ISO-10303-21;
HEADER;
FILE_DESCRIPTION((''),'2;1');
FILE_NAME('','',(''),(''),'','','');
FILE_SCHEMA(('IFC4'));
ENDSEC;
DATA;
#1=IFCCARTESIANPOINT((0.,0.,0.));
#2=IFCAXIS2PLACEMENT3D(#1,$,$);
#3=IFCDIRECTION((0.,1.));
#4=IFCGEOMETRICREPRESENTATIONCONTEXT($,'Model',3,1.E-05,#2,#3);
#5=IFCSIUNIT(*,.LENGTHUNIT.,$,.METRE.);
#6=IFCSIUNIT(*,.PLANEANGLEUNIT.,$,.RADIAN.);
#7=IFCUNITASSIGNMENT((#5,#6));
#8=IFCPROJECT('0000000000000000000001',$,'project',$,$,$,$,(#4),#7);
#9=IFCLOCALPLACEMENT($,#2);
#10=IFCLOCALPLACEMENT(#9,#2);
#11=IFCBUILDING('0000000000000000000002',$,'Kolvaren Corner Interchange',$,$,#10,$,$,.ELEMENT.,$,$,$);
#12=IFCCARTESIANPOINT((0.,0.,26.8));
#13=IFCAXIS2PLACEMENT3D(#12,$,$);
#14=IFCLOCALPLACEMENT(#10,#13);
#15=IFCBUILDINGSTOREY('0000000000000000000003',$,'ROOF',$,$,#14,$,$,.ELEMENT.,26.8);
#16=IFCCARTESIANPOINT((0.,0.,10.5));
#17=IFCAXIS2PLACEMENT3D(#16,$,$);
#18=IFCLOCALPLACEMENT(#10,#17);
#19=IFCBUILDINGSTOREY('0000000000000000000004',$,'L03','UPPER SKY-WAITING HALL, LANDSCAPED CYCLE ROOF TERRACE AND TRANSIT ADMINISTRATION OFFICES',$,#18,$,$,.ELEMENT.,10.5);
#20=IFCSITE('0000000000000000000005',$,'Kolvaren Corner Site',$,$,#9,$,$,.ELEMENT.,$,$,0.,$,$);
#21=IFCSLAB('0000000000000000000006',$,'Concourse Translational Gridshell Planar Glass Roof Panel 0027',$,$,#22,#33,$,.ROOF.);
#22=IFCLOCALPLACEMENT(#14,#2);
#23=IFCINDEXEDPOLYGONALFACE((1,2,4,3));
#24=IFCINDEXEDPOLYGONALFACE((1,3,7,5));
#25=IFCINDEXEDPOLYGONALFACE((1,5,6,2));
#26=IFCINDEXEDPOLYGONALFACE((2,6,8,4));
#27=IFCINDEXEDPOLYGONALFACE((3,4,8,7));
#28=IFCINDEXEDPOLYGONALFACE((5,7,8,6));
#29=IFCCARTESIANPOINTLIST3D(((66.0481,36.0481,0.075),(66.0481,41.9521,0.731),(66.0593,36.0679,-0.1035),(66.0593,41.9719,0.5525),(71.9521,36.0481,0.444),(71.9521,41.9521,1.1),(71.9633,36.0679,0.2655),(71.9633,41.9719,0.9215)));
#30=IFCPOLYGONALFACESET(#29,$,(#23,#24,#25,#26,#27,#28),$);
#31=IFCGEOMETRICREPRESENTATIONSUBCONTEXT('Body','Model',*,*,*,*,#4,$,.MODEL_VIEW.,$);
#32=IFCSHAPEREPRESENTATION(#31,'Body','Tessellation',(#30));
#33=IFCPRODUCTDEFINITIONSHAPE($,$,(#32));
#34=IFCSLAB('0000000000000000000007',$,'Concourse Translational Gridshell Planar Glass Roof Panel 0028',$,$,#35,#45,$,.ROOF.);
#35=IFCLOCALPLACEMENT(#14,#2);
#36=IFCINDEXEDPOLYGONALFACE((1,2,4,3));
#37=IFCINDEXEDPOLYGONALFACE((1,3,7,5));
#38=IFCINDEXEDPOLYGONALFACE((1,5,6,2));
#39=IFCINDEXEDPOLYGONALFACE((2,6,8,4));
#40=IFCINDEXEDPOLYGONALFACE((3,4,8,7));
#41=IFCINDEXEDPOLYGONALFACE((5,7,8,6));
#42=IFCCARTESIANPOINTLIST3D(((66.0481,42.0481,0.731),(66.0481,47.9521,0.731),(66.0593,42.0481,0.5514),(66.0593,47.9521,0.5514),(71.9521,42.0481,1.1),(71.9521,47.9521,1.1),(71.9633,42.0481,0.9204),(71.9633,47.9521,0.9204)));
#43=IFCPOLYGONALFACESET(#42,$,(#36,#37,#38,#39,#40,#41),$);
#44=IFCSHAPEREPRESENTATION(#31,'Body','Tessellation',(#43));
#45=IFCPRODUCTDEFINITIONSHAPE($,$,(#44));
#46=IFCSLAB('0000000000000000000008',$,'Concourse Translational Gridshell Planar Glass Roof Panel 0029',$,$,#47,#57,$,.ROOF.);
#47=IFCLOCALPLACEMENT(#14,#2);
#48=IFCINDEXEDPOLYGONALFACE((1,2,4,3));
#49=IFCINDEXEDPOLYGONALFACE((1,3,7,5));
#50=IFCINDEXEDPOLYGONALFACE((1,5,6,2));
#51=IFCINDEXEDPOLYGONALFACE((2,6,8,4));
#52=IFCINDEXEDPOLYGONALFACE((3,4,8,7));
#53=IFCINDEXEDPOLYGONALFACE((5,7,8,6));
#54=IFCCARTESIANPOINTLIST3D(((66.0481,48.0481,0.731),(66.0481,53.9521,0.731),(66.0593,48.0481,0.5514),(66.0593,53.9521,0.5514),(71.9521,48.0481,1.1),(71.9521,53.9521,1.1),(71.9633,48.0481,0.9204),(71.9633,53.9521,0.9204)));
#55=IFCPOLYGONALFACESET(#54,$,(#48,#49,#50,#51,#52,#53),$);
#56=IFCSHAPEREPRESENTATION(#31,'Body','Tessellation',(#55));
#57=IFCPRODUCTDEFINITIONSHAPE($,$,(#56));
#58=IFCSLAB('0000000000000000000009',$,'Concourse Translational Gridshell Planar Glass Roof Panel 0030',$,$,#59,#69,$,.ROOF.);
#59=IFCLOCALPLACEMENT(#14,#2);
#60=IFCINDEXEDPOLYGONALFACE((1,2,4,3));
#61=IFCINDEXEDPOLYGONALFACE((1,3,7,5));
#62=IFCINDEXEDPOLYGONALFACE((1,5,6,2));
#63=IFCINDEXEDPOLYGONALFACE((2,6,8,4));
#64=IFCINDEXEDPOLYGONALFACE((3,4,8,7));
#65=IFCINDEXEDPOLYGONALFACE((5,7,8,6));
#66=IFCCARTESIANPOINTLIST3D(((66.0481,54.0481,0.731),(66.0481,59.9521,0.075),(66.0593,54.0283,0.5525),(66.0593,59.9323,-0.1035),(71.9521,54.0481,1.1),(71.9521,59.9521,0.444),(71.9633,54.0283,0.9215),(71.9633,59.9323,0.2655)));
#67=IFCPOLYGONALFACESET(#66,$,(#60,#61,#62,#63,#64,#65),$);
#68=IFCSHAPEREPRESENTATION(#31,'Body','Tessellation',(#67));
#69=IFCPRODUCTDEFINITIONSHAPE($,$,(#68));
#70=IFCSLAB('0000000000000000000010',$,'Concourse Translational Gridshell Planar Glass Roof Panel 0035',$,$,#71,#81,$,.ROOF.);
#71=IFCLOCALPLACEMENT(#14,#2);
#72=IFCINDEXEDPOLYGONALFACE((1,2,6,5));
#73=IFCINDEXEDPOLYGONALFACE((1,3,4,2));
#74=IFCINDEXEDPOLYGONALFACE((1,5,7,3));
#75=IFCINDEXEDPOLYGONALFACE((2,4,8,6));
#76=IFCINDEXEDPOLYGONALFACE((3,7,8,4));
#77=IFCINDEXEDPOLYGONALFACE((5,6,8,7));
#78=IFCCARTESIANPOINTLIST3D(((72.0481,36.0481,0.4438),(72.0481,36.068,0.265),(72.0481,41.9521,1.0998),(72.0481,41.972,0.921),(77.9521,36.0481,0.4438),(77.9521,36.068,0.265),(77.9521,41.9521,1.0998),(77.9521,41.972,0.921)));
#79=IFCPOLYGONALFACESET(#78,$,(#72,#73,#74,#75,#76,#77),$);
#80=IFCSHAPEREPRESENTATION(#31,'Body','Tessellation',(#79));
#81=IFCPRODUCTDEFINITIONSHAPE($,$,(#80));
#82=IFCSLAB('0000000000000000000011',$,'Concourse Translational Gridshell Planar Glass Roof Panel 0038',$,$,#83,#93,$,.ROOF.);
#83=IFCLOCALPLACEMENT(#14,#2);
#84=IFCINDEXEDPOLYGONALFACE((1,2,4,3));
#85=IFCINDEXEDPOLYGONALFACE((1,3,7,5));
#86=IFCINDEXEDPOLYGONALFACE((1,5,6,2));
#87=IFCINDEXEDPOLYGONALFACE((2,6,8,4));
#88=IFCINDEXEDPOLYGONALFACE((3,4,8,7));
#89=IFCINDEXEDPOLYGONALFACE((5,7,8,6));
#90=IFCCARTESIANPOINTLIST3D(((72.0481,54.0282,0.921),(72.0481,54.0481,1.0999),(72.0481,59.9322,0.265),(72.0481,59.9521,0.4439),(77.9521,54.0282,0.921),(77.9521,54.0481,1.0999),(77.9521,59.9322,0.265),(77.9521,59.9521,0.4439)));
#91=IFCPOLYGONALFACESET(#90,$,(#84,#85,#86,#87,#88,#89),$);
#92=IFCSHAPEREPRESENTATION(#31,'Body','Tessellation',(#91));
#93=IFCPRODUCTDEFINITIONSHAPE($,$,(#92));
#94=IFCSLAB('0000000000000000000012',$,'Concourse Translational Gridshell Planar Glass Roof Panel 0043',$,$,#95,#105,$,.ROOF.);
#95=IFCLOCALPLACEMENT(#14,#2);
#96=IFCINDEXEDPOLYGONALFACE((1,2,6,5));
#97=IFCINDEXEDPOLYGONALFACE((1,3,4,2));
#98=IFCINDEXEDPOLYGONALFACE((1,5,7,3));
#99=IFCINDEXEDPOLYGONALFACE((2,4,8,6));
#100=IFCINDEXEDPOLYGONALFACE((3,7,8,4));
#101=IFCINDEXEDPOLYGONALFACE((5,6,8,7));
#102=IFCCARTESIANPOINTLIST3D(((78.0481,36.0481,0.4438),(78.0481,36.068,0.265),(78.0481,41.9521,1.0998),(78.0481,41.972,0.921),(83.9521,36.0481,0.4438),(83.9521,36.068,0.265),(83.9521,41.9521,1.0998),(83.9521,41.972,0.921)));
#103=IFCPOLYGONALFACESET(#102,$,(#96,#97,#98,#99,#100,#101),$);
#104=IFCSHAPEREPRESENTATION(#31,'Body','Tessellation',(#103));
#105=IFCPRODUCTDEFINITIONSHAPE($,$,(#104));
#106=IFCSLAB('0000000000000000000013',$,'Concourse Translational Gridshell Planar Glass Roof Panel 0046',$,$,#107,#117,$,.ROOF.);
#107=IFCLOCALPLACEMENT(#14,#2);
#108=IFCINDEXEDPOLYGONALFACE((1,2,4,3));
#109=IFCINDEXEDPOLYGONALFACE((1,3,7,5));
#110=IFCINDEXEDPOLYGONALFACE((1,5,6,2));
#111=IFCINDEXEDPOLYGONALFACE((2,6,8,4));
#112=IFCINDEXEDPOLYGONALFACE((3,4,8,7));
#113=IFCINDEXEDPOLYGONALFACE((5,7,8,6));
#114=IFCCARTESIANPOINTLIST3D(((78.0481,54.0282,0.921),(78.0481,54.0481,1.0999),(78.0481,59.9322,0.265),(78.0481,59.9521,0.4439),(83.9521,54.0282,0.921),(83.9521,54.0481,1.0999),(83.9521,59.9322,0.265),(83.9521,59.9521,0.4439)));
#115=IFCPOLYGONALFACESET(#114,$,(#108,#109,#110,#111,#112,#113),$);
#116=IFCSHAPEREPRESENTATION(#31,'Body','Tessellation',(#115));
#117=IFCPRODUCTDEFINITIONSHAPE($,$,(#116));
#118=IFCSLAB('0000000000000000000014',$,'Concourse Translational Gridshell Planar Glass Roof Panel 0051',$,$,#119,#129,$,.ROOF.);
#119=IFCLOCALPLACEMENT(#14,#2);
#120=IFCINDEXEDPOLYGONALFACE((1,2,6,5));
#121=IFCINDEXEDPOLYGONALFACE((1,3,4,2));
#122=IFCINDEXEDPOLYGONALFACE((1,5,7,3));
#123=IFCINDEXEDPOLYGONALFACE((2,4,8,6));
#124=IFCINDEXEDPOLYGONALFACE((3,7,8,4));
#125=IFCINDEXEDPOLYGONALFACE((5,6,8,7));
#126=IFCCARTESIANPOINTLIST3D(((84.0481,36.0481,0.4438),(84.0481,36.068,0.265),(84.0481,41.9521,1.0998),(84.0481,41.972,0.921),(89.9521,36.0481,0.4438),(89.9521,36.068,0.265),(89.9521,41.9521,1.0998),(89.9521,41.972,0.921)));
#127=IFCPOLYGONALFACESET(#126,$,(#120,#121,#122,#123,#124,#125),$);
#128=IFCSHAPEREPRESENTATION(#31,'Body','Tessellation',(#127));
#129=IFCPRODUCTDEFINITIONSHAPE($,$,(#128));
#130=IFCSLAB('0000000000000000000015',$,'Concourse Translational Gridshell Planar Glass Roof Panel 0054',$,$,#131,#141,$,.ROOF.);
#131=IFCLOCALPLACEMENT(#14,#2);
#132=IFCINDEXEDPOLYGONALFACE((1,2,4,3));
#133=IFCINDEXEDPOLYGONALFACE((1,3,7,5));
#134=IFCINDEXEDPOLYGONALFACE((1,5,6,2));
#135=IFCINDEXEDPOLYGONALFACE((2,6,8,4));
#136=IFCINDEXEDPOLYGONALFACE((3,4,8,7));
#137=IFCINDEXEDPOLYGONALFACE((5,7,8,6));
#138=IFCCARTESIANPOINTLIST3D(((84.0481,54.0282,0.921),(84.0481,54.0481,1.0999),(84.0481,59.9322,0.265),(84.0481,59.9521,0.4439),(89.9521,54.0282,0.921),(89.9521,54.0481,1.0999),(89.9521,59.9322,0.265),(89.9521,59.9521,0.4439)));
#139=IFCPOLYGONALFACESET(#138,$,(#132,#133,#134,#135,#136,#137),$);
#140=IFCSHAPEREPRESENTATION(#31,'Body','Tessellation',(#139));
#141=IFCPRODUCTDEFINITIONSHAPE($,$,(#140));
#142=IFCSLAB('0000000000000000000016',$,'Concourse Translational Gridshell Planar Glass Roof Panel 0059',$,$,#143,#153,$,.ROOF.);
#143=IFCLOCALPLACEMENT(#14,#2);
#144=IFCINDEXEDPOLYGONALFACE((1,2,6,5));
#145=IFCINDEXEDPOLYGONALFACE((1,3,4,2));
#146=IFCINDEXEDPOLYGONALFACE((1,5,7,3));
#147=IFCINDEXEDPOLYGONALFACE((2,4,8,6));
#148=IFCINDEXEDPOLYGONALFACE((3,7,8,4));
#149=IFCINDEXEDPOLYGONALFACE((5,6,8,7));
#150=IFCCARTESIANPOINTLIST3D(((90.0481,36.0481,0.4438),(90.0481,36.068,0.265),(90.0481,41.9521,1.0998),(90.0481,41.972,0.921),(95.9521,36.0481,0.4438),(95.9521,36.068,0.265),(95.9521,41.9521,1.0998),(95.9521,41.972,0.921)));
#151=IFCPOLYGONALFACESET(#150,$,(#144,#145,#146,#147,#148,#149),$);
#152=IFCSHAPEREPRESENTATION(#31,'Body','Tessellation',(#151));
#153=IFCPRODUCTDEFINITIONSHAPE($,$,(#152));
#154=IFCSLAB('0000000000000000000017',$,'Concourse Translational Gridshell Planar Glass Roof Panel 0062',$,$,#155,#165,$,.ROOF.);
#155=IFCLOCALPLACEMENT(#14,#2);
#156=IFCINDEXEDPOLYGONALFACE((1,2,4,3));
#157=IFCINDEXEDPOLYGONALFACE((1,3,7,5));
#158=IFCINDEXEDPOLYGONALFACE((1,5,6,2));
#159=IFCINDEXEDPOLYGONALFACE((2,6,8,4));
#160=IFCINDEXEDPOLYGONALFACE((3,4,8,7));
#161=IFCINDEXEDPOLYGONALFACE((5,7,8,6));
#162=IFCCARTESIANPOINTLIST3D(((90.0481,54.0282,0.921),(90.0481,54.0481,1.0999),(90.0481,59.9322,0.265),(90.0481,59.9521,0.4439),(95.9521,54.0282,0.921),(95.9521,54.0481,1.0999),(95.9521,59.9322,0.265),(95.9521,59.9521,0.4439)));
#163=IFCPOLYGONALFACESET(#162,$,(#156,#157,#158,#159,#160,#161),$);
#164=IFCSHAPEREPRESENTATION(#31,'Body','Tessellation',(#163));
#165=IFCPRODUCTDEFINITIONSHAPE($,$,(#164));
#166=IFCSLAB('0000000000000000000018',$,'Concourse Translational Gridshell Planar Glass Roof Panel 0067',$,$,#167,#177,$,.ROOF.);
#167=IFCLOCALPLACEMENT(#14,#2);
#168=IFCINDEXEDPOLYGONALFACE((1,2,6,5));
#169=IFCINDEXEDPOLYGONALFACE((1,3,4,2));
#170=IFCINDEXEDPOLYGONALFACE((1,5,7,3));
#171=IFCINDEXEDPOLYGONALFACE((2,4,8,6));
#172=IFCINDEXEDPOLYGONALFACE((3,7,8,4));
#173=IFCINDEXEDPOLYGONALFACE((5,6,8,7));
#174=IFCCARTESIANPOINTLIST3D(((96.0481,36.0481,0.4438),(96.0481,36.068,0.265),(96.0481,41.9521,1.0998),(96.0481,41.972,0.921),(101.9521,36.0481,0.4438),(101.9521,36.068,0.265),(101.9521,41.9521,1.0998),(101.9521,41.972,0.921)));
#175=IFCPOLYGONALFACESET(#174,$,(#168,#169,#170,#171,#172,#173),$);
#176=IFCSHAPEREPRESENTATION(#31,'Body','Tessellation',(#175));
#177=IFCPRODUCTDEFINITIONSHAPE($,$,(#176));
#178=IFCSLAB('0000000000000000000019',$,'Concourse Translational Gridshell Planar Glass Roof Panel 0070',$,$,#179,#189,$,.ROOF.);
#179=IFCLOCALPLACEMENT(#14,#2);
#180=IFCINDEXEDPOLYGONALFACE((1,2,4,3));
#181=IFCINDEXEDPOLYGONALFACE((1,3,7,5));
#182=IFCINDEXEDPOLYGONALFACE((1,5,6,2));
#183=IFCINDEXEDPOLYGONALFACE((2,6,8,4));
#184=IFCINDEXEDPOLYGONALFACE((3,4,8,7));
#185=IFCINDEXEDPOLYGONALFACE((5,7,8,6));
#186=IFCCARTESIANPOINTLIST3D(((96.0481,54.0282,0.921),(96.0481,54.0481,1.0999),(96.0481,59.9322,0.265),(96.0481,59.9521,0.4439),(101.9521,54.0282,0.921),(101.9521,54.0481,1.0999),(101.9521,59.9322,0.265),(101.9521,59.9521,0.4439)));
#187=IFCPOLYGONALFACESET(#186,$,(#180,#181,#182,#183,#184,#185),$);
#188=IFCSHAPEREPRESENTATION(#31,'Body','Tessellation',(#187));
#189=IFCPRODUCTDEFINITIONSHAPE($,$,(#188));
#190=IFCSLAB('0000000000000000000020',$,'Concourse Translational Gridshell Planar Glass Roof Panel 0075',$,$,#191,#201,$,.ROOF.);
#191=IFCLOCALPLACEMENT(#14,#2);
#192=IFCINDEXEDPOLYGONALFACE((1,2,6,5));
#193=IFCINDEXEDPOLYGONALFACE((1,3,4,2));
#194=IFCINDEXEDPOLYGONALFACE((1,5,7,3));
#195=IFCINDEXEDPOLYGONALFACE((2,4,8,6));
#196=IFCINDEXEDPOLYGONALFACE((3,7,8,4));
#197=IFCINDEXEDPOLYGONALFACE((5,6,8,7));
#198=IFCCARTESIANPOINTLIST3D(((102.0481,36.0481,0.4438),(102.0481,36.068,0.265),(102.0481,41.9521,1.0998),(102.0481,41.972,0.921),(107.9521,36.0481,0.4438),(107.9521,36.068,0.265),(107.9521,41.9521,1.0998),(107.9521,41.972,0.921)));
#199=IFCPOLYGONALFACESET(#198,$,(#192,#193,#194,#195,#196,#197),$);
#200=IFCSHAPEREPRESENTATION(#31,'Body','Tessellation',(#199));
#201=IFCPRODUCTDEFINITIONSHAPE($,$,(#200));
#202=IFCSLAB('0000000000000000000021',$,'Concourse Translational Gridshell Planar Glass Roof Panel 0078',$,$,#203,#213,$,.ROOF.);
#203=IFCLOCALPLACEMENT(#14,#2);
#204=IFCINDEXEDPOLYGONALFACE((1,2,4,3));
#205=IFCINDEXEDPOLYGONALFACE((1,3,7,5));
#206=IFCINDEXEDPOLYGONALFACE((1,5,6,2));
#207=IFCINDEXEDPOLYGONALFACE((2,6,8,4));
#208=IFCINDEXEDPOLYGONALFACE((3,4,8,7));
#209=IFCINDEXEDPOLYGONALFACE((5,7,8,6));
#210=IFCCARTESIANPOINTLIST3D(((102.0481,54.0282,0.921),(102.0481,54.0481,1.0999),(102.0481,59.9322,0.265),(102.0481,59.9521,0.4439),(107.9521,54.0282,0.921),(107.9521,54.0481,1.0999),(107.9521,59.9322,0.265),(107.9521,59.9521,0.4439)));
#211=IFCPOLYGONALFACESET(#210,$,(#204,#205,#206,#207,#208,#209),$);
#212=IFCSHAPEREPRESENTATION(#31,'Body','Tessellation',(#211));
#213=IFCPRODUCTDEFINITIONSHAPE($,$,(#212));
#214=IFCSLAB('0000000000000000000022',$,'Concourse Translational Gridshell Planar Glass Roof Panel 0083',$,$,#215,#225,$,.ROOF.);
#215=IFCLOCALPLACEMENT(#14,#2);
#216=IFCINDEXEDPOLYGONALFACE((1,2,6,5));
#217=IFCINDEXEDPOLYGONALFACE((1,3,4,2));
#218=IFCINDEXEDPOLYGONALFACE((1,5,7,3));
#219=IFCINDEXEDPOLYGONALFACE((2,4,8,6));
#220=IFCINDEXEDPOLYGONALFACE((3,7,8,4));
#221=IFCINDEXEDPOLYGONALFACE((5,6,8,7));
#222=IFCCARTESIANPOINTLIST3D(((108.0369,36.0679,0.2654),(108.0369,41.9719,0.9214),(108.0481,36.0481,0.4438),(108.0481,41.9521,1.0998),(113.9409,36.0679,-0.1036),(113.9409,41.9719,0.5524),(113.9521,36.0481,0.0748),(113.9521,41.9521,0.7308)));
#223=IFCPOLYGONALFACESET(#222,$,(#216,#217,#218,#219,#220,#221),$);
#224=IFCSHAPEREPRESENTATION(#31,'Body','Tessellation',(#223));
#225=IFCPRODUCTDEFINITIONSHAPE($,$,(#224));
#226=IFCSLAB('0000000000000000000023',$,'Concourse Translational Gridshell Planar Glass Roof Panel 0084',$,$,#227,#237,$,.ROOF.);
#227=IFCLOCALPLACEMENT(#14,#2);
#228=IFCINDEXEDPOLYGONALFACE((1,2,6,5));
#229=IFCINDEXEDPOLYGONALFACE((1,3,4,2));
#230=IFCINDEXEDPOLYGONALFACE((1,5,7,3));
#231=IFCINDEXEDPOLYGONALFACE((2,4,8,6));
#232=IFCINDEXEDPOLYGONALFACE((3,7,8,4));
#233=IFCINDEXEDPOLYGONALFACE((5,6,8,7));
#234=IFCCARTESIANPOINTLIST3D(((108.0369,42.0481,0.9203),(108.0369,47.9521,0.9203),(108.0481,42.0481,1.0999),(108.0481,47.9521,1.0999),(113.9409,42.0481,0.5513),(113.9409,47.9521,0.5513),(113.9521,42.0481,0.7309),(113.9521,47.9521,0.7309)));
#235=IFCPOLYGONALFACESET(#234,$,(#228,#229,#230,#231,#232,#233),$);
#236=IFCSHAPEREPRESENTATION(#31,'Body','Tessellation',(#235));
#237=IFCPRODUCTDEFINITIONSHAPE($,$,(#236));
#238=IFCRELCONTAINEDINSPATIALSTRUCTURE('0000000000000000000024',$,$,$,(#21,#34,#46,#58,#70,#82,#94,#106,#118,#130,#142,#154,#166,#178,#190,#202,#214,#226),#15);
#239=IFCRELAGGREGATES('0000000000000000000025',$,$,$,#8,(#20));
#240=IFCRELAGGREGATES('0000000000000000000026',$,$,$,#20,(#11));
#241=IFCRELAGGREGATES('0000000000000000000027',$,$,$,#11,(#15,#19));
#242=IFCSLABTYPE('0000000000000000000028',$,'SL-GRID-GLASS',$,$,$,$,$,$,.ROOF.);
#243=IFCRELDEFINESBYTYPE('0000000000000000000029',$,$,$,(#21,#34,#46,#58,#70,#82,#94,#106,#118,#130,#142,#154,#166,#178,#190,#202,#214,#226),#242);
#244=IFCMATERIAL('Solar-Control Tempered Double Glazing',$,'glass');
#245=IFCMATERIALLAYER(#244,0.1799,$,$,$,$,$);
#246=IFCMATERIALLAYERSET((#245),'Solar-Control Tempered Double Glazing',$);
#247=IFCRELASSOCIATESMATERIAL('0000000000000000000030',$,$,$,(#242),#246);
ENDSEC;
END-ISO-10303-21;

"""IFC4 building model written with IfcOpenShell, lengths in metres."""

from ifc_helpers import new_model, si_unit, direction, frame, origin, place, context, subcontext, project, spatial, polyline, outline, extrude, material, layer, layer_set, type_object, element, save


model = new_model("IFC4")

# Units and contexts
model_context = context("Model", 3, precision=1e-05, world=origin(), true_north=direction((0.0, 1.0)))
body_context = subcontext(model_context, "Body", "Model", "MODEL_VIEW")
ifc_project = project(units=[si_unit("LENGTHUNIT", "METRE"), si_unit("PLANEANGLEUNIT", "RADIAN")], contexts=[model_context])

# Site, building, storey
site_placement = place(None, origin())
site = spatial("IfcSite", under=ifc_project, at=site_placement, Name="Kolvaren Corner Site", CompositionType="ELEMENT", RefElevation=0.0)
building_placement = place(site_placement, origin())
building = spatial("IfcBuilding", under=site, at=building_placement, Name="Kolvaren Corner Interchange", CompositionType="ELEMENT")
storey_1_placement = place(building_placement, frame((0.0, 0.0, 26.8)))
storey_1 = spatial("IfcBuildingStorey", under=building, at=storey_1_placement, Name="ROOF", CompositionType="ELEMENT", Elevation=26.8)

# Slabs
ifc_material_1 = material(Name="Solar-Control Tempered Double Glazing", Category="glass")
ifc_layer_1 = layer(ifc_material_1, 0.1799)
ifc_layer_set_1 = layer_set([ifc_layer_1], Name="Solar-Control Tempered Double Glazing")
slab_type_1 = type_object("IfcSlabType", Name="SL-GRID-GLASS", PredefinedType="ROOF", material=ifc_layer_set_1)
slab_1_placement = place(storey_1_placement, frame((66.0481, 36.0481, 0.075), z_axis=(-0.061998, -0.110219, 0.991972), x_axis=(0.998053, 0.0, 0.062378)))
element("IfcSlab", 1, at=slab_1_placement, inside=storey_1, type_object=slab_type_1, Name="Concourse Translational Gridshell Planar Glass Roof Panel 0027", PredefinedType="ROOF", context=body_context, shape_type="SweptSolid", body=[
    extrude(outline(polyline([(0.0, 0.0), (5.9155, 0.0), (5.9564, 5.9402), (0.0409, 5.9402), (0.0, 0.0)])), origin(), (0.0, 0.0, -1.0), 0.1799),
])
for number, where, z_axis, x_axis, name in (
    (2, (66.0481, 42.0481, 0.731), (-0.062378, 0.0, 0.998053), (0.998053, 0.0, 0.062378), "Concourse Translational Gridshell Planar Glass Roof Panel 0028"),
    (3, (66.0481, 48.0481, 0.731), (-0.062378, 0.0, 0.998053), (0.998053, 0.0, 0.062378), "Concourse Translational Gridshell Planar Glass Roof Panel 0029"),
):
    element("IfcSlab", number, at=place(storey_1_placement, frame(where, z_axis=z_axis, x_axis=x_axis)), inside=storey_1, type_object=slab_type_1, Name=name, PredefinedType="ROOF", context=body_context, shape_type="SweptSolid", body=[
        extrude(outline(polyline([(0.0, 0.0), (5.9155, 0.0), (5.9155, 5.904), (0.0, 5.904), (0.0, 0.0)])), origin(), (0.0, 0.0, -1.0), 0.1799),
    ])
slab_2_placement = place(storey_1_placement, frame((66.0481, 54.0481, 0.731), z_axis=(-0.061998, 0.110219, 0.991972), x_axis=(0.998053, 0.0, 0.062378)))
element("IfcSlab", 4, at=slab_2_placement, inside=storey_1, type_object=slab_type_1, Name="Concourse Translational Gridshell Planar Glass Roof Panel 0030", PredefinedType="ROOF", context=body_context, shape_type="SweptSolid", body=[
    extrude(outline(polyline([(0.0, 0.0), (5.9155, 0.0), (5.8746, 5.9402), (-0.0409, 5.9402), (0.0, 0.0)])), origin(), (0.0, 0.0, -1.0), 0.1799),
])
for number, where, z_axis, x_axis, name in (
    (5, (72.0481, 36.0481, 0.4438), (0.0, -0.110432, 0.993884), (1.0, 0.0, 0.0), "Concourse Translational Gridshell Planar Glass Roof Panel 0035"),
    (6, (72.0481, 54.0481, 1.0999), (0.0, 0.110432, 0.993884), (1.0, 0.0, 0.0), "Concourse Translational Gridshell Planar Glass Roof Panel 0038"),
    (7, (78.0481, 36.0481, 0.4438), (0.0, -0.110432, 0.993884), (1.0, 0.0, 0.0), "Concourse Translational Gridshell Planar Glass Roof Panel 0043"),
    (8, (78.0481, 54.0481, 1.0999), (0.0, 0.110432, 0.993884), (1.0, 0.0, 0.0), "Concourse Translational Gridshell Planar Glass Roof Panel 0046"),
    (9, (84.0481, 36.0481, 0.4438), (0.0, -0.110432, 0.993884), (1.0, 0.0, 0.0), "Concourse Translational Gridshell Planar Glass Roof Panel 0051"),
    (10, (84.0481, 54.0481, 1.0999), (0.0, 0.110432, 0.993884), (1.0, 0.0, 0.0), "Concourse Translational Gridshell Planar Glass Roof Panel 0054"),
    (11, (90.0481, 36.0481, 0.4438), (0.0, -0.110432, 0.993884), (1.0, 0.0, 0.0), "Concourse Translational Gridshell Planar Glass Roof Panel 0059"),
    (12, (90.0481, 54.0481, 1.0999), (0.0, 0.110432, 0.993884), (1.0, 0.0, 0.0), "Concourse Translational Gridshell Planar Glass Roof Panel 0062"),
    (13, (96.0481, 36.0481, 0.4438), (0.0, -0.110432, 0.993884), (1.0, 0.0, 0.0), "Concourse Translational Gridshell Planar Glass Roof Panel 0067"),
    (14, (96.0481, 54.0481, 1.0999), (0.0, 0.110432, 0.993884), (1.0, 0.0, 0.0), "Concourse Translational Gridshell Planar Glass Roof Panel 0070"),
    (15, (102.0481, 36.0481, 0.4438), (0.0, -0.110432, 0.993884), (1.0, 0.0, 0.0), "Concourse Translational Gridshell Planar Glass Roof Panel 0075"),
    (16, (102.0481, 54.0481, 1.0999), (0.0, 0.110432, 0.993884), (1.0, 0.0, 0.0), "Concourse Translational Gridshell Planar Glass Roof Panel 0078"),
):
    element("IfcSlab", number, at=place(storey_1_placement, frame(where, z_axis=z_axis, x_axis=x_axis)), inside=storey_1, type_object=slab_type_1, Name=name, PredefinedType="ROOF", context=body_context, shape_type="SweptSolid", body=[
        extrude(outline(polyline([(0.0, 0.0), (5.904, 0.0), (5.904, 5.9403), (0.0, 5.9403), (0.0, 0.0)])), origin(), (0.0, 0.0, -1.0), 0.1799),
    ])
slab_3_placement = place(storey_1_placement, frame((108.0481, 36.0481, 0.4438), z_axis=(0.061998, -0.110219, 0.991972), x_axis=(0.998053, 0.0, -0.062378)))
element("IfcSlab", 17, at=slab_3_placement, inside=storey_1, type_object=slab_type_1, Name="Concourse Translational Gridshell Planar Glass Roof Panel 0083", PredefinedType="ROOF", context=body_context, shape_type="SweptSolid", body=[
    extrude(outline(polyline([(0.0, 0.0), (5.9155, 0.0), (5.8746, 5.9402), (-0.0409, 5.9402), (0.0, 0.0)])), origin(), (0.0, 0.0, -1.0), 0.1799),
])
for number, where, z_axis, x_axis, name in (
    (18, (108.0481, 42.0481, 1.0999), (0.062378, 0.0, 0.998053), (0.998053, 0.0, -0.062378), "Concourse Translational Gridshell Planar Glass Roof Panel 0084"),
):
    element("IfcSlab", number, at=place(storey_1_placement, frame(where, z_axis=z_axis, x_axis=x_axis)), inside=storey_1, type_object=slab_type_1, Name=name, PredefinedType="ROOF", context=body_context, shape_type="SweptSolid", body=[
        extrude(outline(polyline([(0.0, 0.0), (5.9155, 0.0), (5.9155, 5.904), (0.0, 5.904), (0.0, 0.0)])), origin(), (0.0, 0.0, -1.0), 0.1799),
    ])

# Shared definitions
storey_2_placement = place(building_placement, frame((0.0, 0.0, 10.5)))
storey_2 = spatial("IfcBuildingStorey", under=building, at=storey_2_placement, Name="L03", Description="UPPER SKY-WAITING HALL, LANDSCAPED CYCLE ROOF TERRACE AND TRANSIT ADMINISTRATION OFFICES", CompositionType="ELEMENT", Elevation=10.5)

save(model, "model.ifc")
